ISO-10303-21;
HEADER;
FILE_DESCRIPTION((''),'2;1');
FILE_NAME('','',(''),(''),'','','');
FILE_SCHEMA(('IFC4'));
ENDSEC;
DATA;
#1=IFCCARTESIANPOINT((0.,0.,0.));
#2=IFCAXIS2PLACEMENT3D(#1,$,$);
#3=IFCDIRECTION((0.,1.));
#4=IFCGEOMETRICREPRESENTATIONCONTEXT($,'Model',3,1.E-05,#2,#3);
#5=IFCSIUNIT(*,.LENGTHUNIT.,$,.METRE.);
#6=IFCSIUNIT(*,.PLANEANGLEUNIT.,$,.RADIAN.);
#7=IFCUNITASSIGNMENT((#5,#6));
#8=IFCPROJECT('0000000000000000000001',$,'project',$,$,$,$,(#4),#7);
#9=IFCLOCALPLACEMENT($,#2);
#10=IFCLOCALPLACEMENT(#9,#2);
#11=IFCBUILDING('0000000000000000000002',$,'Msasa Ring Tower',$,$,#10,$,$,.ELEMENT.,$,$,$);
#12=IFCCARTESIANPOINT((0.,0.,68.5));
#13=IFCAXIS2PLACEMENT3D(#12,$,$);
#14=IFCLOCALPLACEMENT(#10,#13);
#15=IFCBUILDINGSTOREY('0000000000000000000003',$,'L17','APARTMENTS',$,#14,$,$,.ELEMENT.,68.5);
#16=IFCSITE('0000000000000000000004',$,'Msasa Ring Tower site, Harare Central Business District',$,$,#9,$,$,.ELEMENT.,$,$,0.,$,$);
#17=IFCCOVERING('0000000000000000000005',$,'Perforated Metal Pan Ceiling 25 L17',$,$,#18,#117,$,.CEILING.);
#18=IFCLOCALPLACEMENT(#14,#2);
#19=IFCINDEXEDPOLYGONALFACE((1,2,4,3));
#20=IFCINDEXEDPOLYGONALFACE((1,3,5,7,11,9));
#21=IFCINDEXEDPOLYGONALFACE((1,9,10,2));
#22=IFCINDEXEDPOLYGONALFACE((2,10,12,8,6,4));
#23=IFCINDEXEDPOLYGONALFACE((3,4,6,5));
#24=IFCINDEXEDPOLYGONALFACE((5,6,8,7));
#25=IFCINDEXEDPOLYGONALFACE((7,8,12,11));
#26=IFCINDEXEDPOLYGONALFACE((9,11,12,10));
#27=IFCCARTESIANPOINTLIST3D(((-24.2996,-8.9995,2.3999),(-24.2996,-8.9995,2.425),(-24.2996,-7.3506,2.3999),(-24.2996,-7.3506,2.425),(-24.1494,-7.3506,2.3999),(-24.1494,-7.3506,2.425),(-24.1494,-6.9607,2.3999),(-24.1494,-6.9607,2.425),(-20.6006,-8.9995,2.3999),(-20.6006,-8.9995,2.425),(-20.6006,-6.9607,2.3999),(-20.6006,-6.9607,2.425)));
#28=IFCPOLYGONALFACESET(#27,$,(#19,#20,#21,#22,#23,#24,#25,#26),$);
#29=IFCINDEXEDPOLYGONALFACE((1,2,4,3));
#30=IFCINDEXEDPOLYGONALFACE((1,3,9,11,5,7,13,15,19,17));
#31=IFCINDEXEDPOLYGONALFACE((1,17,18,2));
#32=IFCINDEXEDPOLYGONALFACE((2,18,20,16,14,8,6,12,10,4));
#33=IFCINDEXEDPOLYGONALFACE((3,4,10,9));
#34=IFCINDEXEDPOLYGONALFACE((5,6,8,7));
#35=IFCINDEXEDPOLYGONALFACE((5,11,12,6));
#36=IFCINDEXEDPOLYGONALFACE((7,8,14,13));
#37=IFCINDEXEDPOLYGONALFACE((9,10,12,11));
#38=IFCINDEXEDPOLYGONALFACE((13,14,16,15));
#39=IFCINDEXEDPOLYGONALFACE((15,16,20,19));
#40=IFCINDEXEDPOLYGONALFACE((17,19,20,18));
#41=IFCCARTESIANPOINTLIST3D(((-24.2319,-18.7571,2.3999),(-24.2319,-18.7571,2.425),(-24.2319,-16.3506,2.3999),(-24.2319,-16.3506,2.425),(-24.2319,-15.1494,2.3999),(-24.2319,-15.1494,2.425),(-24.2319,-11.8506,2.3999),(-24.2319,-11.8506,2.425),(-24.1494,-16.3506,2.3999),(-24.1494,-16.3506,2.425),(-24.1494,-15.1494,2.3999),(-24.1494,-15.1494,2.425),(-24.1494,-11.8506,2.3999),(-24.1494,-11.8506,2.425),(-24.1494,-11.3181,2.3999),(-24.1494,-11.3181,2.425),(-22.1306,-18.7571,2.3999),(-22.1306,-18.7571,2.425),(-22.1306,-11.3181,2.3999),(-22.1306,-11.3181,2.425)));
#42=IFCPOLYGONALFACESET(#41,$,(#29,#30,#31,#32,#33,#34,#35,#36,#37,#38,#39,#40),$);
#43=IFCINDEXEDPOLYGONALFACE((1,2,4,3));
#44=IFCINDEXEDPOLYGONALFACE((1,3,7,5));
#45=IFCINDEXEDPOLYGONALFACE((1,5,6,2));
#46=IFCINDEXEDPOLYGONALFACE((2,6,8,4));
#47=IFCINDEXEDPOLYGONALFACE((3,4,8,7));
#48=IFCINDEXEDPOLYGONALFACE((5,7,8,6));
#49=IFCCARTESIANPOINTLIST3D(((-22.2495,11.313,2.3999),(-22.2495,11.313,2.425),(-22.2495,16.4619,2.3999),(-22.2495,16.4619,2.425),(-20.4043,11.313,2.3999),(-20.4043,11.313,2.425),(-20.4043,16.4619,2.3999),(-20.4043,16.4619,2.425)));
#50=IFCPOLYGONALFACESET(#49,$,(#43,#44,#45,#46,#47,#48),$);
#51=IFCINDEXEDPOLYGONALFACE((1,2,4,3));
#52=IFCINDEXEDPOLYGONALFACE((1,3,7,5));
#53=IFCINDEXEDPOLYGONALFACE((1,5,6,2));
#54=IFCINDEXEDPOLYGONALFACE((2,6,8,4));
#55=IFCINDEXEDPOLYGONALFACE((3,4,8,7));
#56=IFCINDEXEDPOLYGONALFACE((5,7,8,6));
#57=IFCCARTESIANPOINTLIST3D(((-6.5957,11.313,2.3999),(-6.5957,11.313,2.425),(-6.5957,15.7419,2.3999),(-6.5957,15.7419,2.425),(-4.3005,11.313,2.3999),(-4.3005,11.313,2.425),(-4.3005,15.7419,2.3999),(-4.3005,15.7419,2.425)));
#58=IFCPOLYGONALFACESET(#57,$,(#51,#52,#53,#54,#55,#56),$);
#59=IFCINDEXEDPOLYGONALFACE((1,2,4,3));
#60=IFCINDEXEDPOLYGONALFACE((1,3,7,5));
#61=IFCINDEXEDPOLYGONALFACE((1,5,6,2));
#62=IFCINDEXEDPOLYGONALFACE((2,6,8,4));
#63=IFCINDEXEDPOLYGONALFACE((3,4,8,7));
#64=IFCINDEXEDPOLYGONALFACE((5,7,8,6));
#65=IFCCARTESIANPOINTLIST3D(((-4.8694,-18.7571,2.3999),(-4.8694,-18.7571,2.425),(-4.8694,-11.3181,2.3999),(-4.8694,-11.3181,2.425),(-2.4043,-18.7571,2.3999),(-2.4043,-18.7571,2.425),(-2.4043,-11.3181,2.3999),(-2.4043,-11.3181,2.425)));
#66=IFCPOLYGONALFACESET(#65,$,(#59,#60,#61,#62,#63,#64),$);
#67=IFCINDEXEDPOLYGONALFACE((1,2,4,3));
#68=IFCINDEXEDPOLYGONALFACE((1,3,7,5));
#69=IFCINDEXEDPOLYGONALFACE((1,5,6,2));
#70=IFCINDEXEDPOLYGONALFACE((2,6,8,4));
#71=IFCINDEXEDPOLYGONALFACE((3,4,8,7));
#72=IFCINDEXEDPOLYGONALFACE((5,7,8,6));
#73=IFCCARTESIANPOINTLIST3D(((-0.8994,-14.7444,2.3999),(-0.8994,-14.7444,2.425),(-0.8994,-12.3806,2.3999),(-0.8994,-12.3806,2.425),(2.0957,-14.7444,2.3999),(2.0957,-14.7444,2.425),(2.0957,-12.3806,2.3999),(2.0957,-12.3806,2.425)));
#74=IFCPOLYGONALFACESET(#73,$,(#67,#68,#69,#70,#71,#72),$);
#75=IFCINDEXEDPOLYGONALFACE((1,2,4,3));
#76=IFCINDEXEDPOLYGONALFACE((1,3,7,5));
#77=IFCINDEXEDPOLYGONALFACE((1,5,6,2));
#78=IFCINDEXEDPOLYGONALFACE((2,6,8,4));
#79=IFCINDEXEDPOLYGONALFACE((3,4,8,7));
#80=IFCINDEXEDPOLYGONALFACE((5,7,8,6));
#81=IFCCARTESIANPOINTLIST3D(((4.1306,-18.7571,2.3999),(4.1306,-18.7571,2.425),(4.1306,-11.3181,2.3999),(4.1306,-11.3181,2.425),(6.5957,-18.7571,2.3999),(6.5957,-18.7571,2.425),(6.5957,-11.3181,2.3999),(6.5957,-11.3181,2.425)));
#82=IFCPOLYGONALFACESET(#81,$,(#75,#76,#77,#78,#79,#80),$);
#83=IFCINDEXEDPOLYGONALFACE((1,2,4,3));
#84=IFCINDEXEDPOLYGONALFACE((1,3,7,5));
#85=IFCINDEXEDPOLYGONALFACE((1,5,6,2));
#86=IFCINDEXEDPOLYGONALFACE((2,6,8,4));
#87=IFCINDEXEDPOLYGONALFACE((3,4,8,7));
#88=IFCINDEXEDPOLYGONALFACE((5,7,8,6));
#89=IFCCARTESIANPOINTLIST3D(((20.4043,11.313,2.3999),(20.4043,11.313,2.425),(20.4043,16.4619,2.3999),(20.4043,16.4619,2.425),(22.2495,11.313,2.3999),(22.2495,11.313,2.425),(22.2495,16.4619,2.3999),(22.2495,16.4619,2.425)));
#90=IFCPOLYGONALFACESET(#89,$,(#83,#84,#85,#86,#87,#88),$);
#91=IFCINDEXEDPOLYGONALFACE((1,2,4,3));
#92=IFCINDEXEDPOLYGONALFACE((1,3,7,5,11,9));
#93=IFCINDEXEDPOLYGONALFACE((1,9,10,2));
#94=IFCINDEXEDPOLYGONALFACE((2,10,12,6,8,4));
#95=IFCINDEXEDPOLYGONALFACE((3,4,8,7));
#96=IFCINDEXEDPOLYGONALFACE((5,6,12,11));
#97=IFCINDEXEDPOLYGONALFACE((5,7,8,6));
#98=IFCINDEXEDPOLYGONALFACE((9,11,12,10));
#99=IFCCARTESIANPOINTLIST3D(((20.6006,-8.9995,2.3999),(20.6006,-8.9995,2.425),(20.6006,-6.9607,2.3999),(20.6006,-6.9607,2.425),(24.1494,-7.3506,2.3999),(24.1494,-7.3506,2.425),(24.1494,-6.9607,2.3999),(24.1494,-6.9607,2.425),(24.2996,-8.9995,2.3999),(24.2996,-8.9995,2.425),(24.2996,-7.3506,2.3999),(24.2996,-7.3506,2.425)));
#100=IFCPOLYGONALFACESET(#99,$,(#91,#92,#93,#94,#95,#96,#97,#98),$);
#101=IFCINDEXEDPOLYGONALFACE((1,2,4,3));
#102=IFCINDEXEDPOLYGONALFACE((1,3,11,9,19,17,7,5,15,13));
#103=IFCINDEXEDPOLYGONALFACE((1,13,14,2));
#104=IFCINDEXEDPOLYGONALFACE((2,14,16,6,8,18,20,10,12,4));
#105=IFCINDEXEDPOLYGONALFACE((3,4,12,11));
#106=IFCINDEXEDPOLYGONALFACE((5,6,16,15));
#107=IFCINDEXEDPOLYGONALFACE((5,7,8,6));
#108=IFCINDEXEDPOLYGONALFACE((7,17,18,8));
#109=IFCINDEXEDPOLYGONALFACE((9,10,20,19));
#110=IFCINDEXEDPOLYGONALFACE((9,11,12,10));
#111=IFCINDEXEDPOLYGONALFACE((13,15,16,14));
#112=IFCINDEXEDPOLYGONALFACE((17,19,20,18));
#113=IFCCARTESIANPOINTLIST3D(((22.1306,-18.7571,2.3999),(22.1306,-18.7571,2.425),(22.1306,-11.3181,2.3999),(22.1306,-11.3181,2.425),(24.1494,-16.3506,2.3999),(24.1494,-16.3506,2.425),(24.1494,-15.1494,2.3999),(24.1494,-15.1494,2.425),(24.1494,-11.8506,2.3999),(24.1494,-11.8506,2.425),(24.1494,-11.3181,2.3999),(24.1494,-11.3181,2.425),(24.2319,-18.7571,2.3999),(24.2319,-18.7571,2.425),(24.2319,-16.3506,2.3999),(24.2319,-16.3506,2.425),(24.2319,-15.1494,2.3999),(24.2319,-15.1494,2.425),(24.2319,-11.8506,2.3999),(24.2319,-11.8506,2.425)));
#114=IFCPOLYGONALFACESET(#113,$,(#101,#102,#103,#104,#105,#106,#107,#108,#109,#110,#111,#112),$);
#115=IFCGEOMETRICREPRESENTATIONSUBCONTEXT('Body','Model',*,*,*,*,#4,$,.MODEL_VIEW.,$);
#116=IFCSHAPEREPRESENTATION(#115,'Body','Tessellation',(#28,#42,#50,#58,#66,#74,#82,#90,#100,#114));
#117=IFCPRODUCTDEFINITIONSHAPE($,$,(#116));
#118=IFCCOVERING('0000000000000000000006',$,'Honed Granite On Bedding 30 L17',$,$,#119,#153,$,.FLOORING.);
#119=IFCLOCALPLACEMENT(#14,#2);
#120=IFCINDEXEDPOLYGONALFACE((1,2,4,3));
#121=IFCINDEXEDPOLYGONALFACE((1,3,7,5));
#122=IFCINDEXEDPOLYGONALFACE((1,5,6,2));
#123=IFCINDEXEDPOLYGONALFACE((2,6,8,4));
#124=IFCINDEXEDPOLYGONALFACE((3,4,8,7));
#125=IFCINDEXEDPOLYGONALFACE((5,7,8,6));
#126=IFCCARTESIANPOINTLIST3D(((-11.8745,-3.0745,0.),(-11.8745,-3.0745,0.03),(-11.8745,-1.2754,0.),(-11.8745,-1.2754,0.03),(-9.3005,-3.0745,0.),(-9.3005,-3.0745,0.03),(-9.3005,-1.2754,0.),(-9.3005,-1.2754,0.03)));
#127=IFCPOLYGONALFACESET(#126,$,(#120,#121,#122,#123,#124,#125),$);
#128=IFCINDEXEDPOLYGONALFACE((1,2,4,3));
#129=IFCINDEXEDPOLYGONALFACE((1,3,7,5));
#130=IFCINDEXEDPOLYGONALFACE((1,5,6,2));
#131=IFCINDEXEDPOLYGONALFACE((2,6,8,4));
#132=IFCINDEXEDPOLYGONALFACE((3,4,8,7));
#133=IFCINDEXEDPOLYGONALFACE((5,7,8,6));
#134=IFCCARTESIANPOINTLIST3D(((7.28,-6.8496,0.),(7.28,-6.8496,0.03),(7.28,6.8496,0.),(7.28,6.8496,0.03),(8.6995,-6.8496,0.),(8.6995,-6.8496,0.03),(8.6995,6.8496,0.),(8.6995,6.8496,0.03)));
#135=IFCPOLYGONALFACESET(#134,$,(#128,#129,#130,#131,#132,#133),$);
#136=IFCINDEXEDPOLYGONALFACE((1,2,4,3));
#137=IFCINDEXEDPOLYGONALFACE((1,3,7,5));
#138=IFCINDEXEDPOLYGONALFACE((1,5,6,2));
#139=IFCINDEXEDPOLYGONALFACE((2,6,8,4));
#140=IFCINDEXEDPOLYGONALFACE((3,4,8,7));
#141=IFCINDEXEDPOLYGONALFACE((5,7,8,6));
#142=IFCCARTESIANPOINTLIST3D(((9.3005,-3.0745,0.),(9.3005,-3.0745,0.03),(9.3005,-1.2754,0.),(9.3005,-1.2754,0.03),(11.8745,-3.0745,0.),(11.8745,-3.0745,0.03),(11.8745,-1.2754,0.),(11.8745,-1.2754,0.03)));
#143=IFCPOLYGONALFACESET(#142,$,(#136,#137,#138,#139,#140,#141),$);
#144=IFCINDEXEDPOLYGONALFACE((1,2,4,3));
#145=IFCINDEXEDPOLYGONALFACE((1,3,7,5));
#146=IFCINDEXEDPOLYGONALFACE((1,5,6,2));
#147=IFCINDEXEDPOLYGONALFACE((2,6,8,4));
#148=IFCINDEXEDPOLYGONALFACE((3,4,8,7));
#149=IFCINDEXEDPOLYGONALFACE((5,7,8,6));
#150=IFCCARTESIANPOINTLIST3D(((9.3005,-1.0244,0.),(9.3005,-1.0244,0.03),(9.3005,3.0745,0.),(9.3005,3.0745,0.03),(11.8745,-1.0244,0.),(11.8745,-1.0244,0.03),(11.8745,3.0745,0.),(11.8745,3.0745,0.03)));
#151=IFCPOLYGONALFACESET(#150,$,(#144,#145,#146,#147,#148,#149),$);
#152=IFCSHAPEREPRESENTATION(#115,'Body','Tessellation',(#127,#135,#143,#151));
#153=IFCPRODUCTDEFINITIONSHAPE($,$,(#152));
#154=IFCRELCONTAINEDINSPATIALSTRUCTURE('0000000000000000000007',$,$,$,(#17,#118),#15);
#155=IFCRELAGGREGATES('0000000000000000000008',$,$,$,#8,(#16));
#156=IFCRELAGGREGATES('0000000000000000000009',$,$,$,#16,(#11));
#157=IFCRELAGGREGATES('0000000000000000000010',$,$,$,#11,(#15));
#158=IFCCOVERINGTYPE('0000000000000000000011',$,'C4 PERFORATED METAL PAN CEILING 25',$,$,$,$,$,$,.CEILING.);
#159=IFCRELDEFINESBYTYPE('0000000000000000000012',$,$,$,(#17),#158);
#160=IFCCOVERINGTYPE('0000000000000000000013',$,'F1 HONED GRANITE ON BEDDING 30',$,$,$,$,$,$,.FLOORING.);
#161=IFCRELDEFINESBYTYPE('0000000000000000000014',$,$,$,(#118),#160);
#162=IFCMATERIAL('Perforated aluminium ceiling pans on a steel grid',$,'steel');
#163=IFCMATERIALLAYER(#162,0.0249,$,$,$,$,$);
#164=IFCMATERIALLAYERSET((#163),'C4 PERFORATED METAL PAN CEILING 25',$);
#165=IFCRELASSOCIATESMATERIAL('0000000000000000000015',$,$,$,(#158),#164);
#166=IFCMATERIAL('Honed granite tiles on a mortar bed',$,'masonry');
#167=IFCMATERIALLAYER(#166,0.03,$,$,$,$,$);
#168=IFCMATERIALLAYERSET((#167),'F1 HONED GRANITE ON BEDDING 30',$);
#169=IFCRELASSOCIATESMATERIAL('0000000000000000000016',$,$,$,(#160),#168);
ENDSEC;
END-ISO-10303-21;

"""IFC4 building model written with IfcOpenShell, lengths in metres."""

from ifc_helpers import new_model, si_unit, direction, frame, origin, place, context, subcontext, project, spatial, line, indexed_curve, outline, extrude, material, layer, layer_set, type_object, element, save


model = new_model("IFC4")

# Units and contexts
model_context = context("Model", 3, precision=1e-05, world=origin(), true_north=direction((0.0, 1.0)))
body_context = subcontext(model_context, "Body", "Model", "MODEL_VIEW")
ifc_project = project(units=[si_unit("LENGTHUNIT", "METRE"), si_unit("PLANEANGLEUNIT", "RADIAN")], contexts=[model_context])

# Site, building, storey
site_placement = place(None, origin())
site = spatial("IfcSite", under=ifc_project, at=site_placement, Name="Msasa Ring Tower site, Harare Central Business District", CompositionType="ELEMENT", RefElevation=0.0)
building_placement = place(site_placement, origin())
building = spatial("IfcBuilding", under=site, at=building_placement, Name="Msasa Ring Tower", CompositionType="ELEMENT")
storey_placement = place(building_placement, frame((0.0, 0.0, 68.5)))
storey = spatial("IfcBuildingStorey", under=building, at=storey_placement, Name="L17", Description="APARTMENTS", CompositionType="ELEMENT", Elevation=68.5)

# Coverings
ifc_material_1 = material(Name="Perforated aluminium ceiling pans on a steel grid", Category="steel")
ifc_layer_1 = layer(ifc_material_1, 0.0249)
ifc_layer_set_1 = layer_set([ifc_layer_1], Name="C4 PERFORATED METAL PAN CEILING 25")
covering_type_1 = type_object("IfcCoveringType", Name="C4 PERFORATED METAL PAN CEILING 25", PredefinedType="CEILING", material=ifc_layer_set_1)
covering_1_placement = place(storey_placement, frame((0.0, 0.0, 2.3999)))
element("IfcCovering", 1, at=covering_1_placement, inside=storey, type_object=covering_type_1, Name="Perforated Metal Pan Ceiling 25 L17", PredefinedType="CEILING", context=body_context, shape_type="SweptSolid", body=[
    extrude(outline(indexed_curve([(-20.6006, -8.9995), (-24.2996, -8.9995), (-24.2996, -7.3506), (-24.1494, -7.3506), (-24.1494, -6.9607), (-20.6006, -6.9607)], segments=[line(1, 2, 3, 4, 5, 6, 1)], self_intersect=False)), origin(), (0.0, 0.0, 1.0), 0.0251),
    extrude(outline(indexed_curve([(-24.2319, -18.7571), (-24.2319, -16.3506), (-24.1494, -16.3506), (-24.1494, -15.1494), (-24.2319, -15.1494), (-24.2319, -11.8506), (-24.1494, -11.8506), (-24.1494, -11.3181), (-22.1306, -11.3181), (-22.1306, -18.7571)], segments=[line(1, 2, 3, 4, 5, 6, 7, 8, 9, 10, 1)], self_intersect=False)), origin(), (0.0, 0.0, 1.0), 0.0251),
    extrude(outline(indexed_curve([(-22.2495, 16.4619), (-20.4043, 16.4619), (-20.4043, 11.313), (-22.2495, 11.313)], segments=[line(1, 2, 3, 4, 1)], self_intersect=False)), origin(), (0.0, 0.0, 1.0), 0.0251),
    extrude(outline(indexed_curve([(-6.5957, 11.313), (-6.5957, 15.7419), (-4.3005, 15.7419), (-4.3005, 11.313)], segments=[line(1, 2, 3, 4, 1)], self_intersect=False)), origin(), (0.0, 0.0, 1.0), 0.0251),
    extrude(outline(indexed_curve([(-4.8694, -18.7571), (-4.8694, -11.3181), (-2.4043, -11.3181), (-2.4043, -18.7571)], segments=[line(1, 2, 3, 4, 1)], self_intersect=False)), origin(), (0.0, 0.0, 1.0), 0.0251),
    extrude(outline(indexed_curve([(-0.8994, -12.3806), (2.0957, -12.3806), (2.0957, -14.7444), (-0.8994, -14.7444)], segments=[line(1, 2, 3, 4, 1)], self_intersect=False)), origin(), (0.0, 0.0, 1.0), 0.0251),
    extrude(outline(indexed_curve([(4.1306, -18.7571), (4.1306, -11.3181), (6.5957, -11.3181), (6.5957, -18.7571)], segments=[line(1, 2, 3, 4, 1)], self_intersect=False)), origin(), (0.0, 0.0, 1.0), 0.0251),
    extrude(outline(indexed_curve([(22.2495, 16.4619), (22.2495, 11.313), (20.4043, 11.313), (20.4043, 16.4619)], segments=[line(1, 2, 3, 4, 1)], self_intersect=False)), origin(), (0.0, 0.0, 1.0), 0.0251),
    extrude(outline(indexed_curve([(24.2996, -8.9995), (20.6006, -8.9995), (20.6006, -6.9607), (24.1494, -6.9607), (24.1494, -7.3506), (24.2996, -7.3506)], segments=[line(1, 2, 3, 4, 5, 6, 1)], self_intersect=False)), origin(), (0.0, 0.0, 1.0), 0.0251),
    extrude(outline(indexed_curve([(22.1306, -11.3181), (24.1494, -11.3181), (24.1494, -11.8506), (24.2319, -11.8506), (24.2319, -15.1494), (24.1494, -15.1494), (24.1494, -16.3506), (24.2319, -16.3506), (24.2319, -18.7571), (22.1306, -18.7571)], segments=[line(1, 2, 3, 4, 5, 6, 7, 8, 9, 10, 1)], self_intersect=False)), origin(), (0.0, 0.0, 1.0), 0.0251),
])
ifc_material_2 = material(Name="Honed granite tiles on a mortar bed", Category="masonry")
ifc_layer_2 = layer(ifc_material_2, 0.03)
ifc_layer_set_2 = layer_set([ifc_layer_2], Name="F1 HONED GRANITE ON BEDDING 30")
covering_type_2 = type_object("IfcCoveringType", Name="F1 HONED GRANITE ON BEDDING 30", PredefinedType="FLOORING", material=ifc_layer_set_2)
covering_2_placement = place(storey_placement, origin())
element("IfcCovering", 2, at=covering_2_placement, inside=storey, type_object=covering_type_2, Name="Honed Granite On Bedding 30 L17", PredefinedType="FLOORING", context=body_context, shape_type="SweptSolid", body=[
    extrude(outline(indexed_curve([(-11.8745, -3.0745), (-11.8745, -1.2754), (-9.3005, -1.2754), (-9.3005, -3.0745)], segments=[line(1, 2, 3, 4, 1)], self_intersect=False)), origin(), (0.0, 0.0, 1.0), 0.03),
    extrude(outline(indexed_curve([(7.28, -6.8496), (7.28, 6.8496), (8.6995, 6.8496), (8.6995, -6.8496)], segments=[line(1, 2, 3, 4, 1)], self_intersect=False)), origin(), (0.0, 0.0, 1.0), 0.03),
    extrude(outline(indexed_curve([(9.3005, -3.0745), (9.3005, -1.2754), (11.8745, -1.2754), (11.8745, -3.0745)], segments=[line(1, 2, 3, 4, 1)], self_intersect=False)), origin(), (0.0, 0.0, 1.0), 0.03),
    extrude(outline(indexed_curve([(9.3005, -1.0244), (9.3005, 3.0745), (11.8745, 3.0745), (11.8745, -1.0244)], segments=[line(1, 2, 3, 4, 1)], self_intersect=False)), origin(), (0.0, 0.0, 1.0), 0.03),
])

save(model, "model.ifc")
